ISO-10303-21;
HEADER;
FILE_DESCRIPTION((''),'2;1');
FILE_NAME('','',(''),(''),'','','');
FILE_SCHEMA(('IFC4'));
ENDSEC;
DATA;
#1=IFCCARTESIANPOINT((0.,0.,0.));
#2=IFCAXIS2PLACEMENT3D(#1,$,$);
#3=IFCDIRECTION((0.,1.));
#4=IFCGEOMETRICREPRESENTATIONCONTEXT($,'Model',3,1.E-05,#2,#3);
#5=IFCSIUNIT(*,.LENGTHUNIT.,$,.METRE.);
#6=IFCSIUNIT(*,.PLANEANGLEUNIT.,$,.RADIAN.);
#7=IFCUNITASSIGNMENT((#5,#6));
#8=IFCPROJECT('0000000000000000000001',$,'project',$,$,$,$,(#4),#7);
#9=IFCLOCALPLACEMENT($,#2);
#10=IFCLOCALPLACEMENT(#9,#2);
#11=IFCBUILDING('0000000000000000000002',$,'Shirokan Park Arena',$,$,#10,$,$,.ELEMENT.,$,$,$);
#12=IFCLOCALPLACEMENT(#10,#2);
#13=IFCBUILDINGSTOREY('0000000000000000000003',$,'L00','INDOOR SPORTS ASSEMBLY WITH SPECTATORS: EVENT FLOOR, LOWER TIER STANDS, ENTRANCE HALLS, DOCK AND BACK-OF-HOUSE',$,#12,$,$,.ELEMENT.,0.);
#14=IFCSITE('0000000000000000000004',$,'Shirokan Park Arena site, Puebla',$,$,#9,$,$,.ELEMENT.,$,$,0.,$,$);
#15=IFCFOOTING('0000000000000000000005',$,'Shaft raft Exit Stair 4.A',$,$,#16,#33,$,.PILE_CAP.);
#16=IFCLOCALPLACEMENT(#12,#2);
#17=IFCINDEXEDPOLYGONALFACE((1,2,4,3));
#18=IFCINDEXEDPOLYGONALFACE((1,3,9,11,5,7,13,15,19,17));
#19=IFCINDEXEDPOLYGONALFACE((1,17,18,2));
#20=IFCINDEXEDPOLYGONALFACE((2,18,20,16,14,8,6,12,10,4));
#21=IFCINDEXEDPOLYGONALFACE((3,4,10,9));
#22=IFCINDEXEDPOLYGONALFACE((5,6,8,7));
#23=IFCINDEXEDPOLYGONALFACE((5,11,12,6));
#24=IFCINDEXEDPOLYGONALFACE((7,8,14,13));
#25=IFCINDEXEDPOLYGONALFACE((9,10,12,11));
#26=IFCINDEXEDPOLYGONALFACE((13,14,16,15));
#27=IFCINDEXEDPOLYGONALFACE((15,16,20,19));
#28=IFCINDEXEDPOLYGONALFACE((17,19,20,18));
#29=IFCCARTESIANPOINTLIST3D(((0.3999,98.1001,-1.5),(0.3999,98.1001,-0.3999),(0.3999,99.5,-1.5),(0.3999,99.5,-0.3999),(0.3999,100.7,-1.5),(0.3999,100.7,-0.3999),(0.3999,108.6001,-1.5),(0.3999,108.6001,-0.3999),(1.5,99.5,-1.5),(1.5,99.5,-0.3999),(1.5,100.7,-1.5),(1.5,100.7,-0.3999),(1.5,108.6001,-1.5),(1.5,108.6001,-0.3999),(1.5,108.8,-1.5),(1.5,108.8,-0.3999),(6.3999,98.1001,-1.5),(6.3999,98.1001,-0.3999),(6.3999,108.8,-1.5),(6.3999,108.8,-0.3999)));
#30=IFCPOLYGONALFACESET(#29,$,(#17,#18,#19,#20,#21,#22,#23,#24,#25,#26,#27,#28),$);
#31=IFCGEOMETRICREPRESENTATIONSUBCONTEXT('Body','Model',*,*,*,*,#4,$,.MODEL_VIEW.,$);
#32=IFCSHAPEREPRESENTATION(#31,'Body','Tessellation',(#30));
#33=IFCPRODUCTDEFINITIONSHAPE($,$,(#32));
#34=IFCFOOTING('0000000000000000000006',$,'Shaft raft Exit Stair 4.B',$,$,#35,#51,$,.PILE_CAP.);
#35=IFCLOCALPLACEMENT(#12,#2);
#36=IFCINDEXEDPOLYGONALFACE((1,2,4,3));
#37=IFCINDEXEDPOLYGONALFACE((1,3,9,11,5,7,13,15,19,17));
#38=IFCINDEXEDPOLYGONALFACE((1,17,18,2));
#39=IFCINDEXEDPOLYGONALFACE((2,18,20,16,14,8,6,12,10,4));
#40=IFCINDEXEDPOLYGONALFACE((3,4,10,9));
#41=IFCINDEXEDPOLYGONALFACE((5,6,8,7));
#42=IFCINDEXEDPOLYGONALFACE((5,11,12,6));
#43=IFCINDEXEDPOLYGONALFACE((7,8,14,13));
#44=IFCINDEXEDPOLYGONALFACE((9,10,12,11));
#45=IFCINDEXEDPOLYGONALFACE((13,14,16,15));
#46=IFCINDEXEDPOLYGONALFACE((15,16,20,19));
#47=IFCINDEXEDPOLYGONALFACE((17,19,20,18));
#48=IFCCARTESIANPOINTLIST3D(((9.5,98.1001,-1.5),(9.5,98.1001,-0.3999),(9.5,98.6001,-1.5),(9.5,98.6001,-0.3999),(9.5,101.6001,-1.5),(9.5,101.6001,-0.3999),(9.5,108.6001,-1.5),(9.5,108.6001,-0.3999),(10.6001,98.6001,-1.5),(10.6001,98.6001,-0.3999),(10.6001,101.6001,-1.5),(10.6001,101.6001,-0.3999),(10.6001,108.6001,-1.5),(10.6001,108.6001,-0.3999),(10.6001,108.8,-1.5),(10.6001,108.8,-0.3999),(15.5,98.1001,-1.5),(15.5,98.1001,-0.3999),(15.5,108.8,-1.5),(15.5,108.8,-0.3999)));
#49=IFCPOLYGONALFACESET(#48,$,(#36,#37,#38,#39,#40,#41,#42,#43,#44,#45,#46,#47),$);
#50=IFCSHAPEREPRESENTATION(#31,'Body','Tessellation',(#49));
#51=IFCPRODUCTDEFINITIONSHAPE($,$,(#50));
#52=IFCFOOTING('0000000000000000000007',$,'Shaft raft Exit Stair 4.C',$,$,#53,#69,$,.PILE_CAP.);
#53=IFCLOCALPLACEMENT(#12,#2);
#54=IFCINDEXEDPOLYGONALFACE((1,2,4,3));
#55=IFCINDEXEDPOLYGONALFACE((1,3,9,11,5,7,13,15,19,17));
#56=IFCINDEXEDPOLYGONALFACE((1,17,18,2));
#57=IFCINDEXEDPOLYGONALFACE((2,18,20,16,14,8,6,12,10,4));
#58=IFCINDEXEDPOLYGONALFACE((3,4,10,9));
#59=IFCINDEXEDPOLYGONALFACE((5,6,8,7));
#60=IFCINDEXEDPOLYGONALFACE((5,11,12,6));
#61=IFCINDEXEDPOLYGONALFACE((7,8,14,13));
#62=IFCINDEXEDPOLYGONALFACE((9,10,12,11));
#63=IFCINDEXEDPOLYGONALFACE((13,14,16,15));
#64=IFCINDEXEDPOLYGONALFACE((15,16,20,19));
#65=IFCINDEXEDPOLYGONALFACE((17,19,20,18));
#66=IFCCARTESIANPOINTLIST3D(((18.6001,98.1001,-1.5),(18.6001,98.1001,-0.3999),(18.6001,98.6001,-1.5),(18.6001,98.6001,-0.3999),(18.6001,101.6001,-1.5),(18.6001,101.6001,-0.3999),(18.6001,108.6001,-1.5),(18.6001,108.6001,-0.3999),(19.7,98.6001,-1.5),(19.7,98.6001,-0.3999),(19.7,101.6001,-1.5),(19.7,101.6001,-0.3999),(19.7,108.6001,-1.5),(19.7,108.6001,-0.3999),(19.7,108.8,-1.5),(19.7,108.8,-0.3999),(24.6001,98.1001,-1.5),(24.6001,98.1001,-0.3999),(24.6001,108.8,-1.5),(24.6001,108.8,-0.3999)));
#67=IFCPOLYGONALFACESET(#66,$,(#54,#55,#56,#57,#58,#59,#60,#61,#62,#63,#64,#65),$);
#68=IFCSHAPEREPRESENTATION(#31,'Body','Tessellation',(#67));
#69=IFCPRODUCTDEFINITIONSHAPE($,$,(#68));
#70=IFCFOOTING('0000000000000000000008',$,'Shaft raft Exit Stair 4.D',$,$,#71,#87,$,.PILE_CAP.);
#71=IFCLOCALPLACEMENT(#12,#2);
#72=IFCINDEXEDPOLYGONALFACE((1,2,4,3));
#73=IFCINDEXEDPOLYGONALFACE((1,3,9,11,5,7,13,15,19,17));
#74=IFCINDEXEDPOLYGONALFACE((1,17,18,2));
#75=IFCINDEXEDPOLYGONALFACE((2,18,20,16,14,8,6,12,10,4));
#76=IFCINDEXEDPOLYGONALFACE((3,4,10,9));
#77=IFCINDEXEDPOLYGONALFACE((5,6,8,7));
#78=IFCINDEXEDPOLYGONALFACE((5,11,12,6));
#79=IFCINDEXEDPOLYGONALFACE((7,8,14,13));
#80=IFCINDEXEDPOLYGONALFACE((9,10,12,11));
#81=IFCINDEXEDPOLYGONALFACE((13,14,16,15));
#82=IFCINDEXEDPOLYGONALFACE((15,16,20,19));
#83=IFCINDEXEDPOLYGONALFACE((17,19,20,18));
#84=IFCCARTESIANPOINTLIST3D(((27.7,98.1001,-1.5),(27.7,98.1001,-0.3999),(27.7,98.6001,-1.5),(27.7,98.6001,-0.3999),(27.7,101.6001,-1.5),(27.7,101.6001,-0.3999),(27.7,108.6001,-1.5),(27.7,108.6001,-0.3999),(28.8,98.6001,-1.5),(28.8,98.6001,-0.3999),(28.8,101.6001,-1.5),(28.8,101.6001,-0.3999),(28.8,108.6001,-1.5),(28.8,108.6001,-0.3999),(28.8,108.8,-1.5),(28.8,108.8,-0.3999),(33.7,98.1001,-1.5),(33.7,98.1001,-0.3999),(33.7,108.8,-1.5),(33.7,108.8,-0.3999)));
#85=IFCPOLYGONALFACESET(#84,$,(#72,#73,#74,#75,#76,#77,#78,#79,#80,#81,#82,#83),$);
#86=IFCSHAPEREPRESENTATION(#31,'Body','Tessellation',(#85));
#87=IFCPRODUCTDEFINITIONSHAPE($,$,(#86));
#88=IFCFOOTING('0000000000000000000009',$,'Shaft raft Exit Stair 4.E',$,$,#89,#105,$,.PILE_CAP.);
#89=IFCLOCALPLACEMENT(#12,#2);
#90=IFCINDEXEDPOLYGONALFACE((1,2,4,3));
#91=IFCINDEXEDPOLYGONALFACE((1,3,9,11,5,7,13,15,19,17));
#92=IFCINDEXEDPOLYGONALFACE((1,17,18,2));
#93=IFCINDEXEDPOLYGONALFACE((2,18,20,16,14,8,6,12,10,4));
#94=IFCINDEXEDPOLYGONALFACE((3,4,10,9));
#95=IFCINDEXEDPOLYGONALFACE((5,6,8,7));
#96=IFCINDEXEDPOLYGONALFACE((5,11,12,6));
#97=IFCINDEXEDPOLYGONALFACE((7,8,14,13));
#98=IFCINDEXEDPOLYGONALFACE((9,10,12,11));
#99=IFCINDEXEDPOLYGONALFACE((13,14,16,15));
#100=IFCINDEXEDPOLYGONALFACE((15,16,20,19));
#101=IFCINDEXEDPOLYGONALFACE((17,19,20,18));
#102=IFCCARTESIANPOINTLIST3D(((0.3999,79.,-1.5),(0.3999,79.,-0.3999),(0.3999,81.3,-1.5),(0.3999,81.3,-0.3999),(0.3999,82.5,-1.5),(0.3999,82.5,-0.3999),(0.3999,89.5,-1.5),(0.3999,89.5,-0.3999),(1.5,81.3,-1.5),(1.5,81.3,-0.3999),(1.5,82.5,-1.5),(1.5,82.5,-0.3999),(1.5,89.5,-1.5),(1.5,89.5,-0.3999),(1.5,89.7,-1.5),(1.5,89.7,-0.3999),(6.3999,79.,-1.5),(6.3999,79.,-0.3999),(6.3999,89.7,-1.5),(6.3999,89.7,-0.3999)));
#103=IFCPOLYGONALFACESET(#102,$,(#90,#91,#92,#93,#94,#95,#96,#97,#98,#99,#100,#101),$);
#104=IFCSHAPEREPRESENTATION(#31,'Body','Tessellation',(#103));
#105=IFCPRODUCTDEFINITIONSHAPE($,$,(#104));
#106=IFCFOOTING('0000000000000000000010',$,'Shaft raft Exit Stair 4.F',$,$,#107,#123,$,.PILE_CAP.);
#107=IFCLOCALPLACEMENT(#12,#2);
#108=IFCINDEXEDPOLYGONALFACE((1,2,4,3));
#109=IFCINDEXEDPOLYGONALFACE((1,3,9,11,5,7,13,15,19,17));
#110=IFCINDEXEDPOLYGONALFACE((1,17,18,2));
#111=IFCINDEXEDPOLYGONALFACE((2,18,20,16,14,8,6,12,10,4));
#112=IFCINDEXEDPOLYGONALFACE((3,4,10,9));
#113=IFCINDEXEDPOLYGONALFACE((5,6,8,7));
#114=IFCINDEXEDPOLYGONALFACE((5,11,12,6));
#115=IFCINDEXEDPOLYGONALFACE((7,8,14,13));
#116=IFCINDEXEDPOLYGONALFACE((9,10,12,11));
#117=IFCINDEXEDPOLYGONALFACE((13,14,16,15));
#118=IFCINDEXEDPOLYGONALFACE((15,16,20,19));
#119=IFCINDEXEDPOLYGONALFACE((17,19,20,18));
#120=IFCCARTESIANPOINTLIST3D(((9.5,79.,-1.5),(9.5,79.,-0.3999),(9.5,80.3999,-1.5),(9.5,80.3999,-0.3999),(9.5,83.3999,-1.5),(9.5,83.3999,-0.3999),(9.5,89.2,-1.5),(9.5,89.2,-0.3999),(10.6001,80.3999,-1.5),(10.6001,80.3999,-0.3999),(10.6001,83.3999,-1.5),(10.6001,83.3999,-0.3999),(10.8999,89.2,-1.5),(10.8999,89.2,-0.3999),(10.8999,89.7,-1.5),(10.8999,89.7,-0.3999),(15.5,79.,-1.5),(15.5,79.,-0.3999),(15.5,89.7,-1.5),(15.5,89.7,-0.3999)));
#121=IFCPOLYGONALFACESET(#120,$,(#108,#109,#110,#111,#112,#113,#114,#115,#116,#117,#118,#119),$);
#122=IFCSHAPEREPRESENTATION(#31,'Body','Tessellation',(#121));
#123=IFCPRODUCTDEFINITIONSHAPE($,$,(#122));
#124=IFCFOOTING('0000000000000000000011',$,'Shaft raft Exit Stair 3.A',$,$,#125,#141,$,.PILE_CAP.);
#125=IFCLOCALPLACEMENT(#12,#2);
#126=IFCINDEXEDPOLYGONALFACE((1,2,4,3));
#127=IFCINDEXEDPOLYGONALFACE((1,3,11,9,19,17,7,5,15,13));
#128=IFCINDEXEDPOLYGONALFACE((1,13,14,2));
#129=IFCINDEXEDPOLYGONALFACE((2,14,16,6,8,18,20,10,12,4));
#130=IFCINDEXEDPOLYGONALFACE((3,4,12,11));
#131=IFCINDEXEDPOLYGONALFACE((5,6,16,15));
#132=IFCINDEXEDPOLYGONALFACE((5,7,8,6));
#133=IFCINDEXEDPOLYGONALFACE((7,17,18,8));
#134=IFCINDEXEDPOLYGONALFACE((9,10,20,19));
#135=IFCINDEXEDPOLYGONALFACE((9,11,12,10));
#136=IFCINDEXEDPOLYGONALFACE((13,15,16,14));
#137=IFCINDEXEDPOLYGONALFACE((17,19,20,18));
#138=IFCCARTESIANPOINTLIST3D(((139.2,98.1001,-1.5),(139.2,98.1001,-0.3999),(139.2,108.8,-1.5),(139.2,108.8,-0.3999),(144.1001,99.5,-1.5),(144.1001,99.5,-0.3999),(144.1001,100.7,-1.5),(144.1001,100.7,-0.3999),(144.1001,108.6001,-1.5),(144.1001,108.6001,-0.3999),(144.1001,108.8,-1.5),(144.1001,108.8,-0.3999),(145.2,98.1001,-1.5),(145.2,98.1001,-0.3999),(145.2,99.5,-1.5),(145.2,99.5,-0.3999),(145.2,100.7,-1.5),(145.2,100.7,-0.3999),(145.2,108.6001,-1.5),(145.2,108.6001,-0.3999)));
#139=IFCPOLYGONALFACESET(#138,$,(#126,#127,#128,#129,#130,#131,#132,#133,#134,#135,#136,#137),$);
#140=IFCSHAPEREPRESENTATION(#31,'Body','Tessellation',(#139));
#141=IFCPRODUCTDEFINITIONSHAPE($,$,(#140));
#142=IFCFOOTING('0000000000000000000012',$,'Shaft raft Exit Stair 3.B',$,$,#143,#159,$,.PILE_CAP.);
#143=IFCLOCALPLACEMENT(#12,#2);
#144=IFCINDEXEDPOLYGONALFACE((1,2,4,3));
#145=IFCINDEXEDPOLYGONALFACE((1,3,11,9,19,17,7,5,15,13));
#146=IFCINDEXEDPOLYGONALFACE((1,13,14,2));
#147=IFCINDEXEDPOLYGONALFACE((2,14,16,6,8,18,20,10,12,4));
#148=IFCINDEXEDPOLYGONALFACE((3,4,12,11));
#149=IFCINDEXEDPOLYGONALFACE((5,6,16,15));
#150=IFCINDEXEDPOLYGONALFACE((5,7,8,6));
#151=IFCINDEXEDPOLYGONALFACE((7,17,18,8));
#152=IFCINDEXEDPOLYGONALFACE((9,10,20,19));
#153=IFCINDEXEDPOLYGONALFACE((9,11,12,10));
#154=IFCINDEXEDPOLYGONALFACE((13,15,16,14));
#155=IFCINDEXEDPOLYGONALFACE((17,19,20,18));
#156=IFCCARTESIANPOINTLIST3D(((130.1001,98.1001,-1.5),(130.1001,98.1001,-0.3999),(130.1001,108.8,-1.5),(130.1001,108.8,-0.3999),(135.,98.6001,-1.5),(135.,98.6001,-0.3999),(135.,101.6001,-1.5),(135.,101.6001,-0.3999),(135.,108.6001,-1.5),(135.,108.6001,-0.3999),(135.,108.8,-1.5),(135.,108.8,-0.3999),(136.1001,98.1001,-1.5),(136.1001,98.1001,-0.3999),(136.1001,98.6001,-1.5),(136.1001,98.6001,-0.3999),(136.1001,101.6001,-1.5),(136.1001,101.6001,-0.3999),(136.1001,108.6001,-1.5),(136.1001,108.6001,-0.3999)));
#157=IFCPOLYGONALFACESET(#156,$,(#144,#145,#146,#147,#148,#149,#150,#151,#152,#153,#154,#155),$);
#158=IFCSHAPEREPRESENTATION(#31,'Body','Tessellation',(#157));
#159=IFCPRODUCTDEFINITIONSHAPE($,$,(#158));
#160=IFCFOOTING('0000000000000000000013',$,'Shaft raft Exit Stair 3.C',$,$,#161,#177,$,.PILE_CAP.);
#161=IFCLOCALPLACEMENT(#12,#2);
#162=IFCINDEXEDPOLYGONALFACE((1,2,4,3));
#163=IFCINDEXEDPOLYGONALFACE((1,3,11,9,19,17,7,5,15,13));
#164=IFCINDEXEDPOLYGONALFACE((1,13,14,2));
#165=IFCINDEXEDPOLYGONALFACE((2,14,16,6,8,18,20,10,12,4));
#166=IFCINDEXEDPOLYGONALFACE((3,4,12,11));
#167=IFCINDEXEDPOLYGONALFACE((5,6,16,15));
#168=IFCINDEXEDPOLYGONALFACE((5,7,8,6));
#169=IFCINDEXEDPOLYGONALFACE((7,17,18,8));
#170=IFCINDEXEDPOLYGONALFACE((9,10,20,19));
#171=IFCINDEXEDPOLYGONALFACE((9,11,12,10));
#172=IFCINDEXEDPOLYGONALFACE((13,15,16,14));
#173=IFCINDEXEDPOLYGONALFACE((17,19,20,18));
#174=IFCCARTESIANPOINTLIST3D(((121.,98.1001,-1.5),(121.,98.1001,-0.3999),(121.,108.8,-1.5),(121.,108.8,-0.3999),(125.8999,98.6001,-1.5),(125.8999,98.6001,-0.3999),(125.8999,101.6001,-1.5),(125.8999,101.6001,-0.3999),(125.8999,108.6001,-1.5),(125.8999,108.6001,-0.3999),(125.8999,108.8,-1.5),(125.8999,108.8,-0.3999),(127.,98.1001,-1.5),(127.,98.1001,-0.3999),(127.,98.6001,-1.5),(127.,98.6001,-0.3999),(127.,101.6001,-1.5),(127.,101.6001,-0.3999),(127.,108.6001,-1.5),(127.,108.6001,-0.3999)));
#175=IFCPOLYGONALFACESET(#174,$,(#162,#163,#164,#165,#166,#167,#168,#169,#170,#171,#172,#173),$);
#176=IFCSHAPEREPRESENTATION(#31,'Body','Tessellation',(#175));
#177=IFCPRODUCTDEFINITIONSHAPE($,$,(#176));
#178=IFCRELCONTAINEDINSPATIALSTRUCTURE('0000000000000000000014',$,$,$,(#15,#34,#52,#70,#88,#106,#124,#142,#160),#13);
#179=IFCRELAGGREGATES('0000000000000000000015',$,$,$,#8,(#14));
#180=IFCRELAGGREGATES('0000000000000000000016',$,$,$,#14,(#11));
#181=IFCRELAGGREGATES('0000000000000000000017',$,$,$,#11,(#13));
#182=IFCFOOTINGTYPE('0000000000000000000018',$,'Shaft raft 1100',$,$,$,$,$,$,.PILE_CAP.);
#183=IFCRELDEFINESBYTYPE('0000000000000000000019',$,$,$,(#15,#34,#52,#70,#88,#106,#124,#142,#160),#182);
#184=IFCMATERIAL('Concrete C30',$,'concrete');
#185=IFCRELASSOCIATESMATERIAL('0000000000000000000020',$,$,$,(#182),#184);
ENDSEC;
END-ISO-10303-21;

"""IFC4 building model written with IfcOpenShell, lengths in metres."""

from ifc_helpers import new_model, si_unit, direction, frame, origin, place, context, subcontext, project, spatial, polyline, outline, extrude, material, type_object, element, save


model = new_model("IFC4")

# Units and contexts
model_context = context("Model", 3, precision=1e-05, world=origin(), true_north=direction((0.0, 1.0)))
body_context = subcontext(model_context, "Body", "Model", "MODEL_VIEW")
ifc_project = project(units=[si_unit("LENGTHUNIT", "METRE"), si_unit("PLANEANGLEUNIT", "RADIAN")], contexts=[model_context])

# Site, building, storey
site_placement = place(None, origin())
site = spatial("IfcSite", under=ifc_project, at=site_placement, Name="Shirokan Park Arena site, Puebla", CompositionType="ELEMENT", RefElevation=0.0)
building_placement = place(site_placement, origin())
building = spatial("IfcBuilding", under=site, at=building_placement, Name="Shirokan Park Arena", CompositionType="ELEMENT")
storey_placement = place(building_placement, origin())
storey = spatial("IfcBuildingStorey", under=building, at=storey_placement, Name="L00", Description="INDOOR SPORTS ASSEMBLY WITH SPECTATORS: EVENT FLOOR, LOWER TIER STANDS, ENTRANCE HALLS, DOCK AND BACK-OF-HOUSE", CompositionType="ELEMENT", Elevation=0.0)

# Footings
ifc_material = material(Name="Concrete C30", Category="concrete")
footing_type_1 = type_object("IfcFootingType", Name="Shaft raft 1100", PredefinedType="PILE_CAP", material=ifc_material)
footing_1_placement = place(storey_placement, frame((0.0, 0.0, -1.5)))
element("IfcFooting", 1, at=footing_1_placement, inside=storey, type_object=footing_type_1, Name="Shaft raft Exit Stair 4.A", PredefinedType="PILE_CAP", context=body_context, shape_type="SweptSolid", body=[
    extrude(outline(polyline([(0.3999, 108.6001), (1.5, 108.6001), (1.5, 108.8), (6.3999, 108.8), (6.3999, 98.1001), (0.3999, 98.1001), (0.3999, 99.5), (1.5, 99.5), (1.5, 100.7), (0.3999, 100.7), (0.3999, 108.6001)])), origin(), (0.0, 0.0, 1.0), 1.1001),
])
footing_2_placement = place(storey_placement, frame((0.0, 0.0, -1.5)))
element("IfcFooting", 2, at=footing_2_placement, inside=storey, type_object=footing_type_1, Name="Shaft raft Exit Stair 4.B", PredefinedType="PILE_CAP", context=body_context, shape_type="SweptSolid", body=[
    extrude(outline(polyline([(9.5, 101.6001), (9.5, 108.6001), (10.6001, 108.6001), (10.6001, 108.8), (15.5, 108.8), (15.5, 98.1001), (9.5, 98.1001), (9.5, 98.6001), (10.6001, 98.6001), (10.6001, 101.6001), (9.5, 101.6001)])), origin(), (0.0, 0.0, 1.0), 1.1001),
])
footing_3_placement = place(storey_placement, frame((0.0, 0.0, -1.5)))
element("IfcFooting", 3, at=footing_3_placement, inside=storey, type_object=footing_type_1, Name="Shaft raft Exit Stair 4.C", PredefinedType="PILE_CAP", context=body_context, shape_type="SweptSolid", body=[
    extrude(outline(polyline([(19.7, 101.6001), (18.6001, 101.6001), (18.6001, 108.6001), (19.7, 108.6001), (19.7, 108.8), (24.6001, 108.8), (24.6001, 98.1001), (18.6001, 98.1001), (18.6001, 98.6001), (19.7, 98.6001), (19.7, 101.6001)])), origin(), (0.0, 0.0, 1.0), 1.1001),
])
footing_4_placement = place(storey_placement, frame((0.0, 0.0, -1.5)))
element("IfcFooting", 4, at=footing_4_placement, inside=storey, type_object=footing_type_1, Name="Shaft raft Exit Stair 4.D", PredefinedType="PILE_CAP", context=body_context, shape_type="SweptSolid", body=[
    extrude(outline(polyline([(33.7, 108.8), (33.7, 98.1001), (27.7, 98.1001), (27.7, 98.6001), (28.8, 98.6001), (28.8, 101.6001), (27.7, 101.6001), (27.7, 108.6001), (28.8, 108.6001), (28.8, 108.8), (33.7, 108.8)])), origin(), (0.0, 0.0, 1.0), 1.1001),
])
footing_5_placement = place(storey_placement, frame((0.0, 0.0, -1.5)))
element("IfcFooting", 5, at=footing_5_placement, inside=storey, type_object=footing_type_1, Name="Shaft raft Exit Stair 4.E", PredefinedType="PILE_CAP", context=body_context, shape_type="SweptSolid", body=[
    extrude(outline(polyline([(1.5, 82.5), (0.3999, 82.5), (0.3999, 89.5), (1.5, 89.5), (1.5, 89.7), (6.3999, 89.7), (6.3999, 79.0), (0.3999, 79.0), (0.3999, 81.3), (1.5, 81.3), (1.5, 82.5)])), origin(), (0.0, 0.0, 1.0), 1.1001),
])
footing_6_placement = place(storey_placement, frame((0.0, 0.0, -1.5)))
element("IfcFooting", 6, at=footing_6_placement, inside=storey, type_object=footing_type_1, Name="Shaft raft Exit Stair 4.F", PredefinedType="PILE_CAP", context=body_context, shape_type="SweptSolid", body=[
    extrude(outline(polyline([(15.5, 89.7), (15.5, 79.0), (9.5, 79.0), (9.5, 80.3999), (10.6001, 80.3999), (10.6001, 83.3999), (9.5, 83.3999), (9.5, 89.2), (10.8999, 89.2), (10.8999, 89.7), (15.5, 89.7)])), origin(), (0.0, 0.0, 1.0), 1.1001),
])
footing_7_placement = place(storey_placement, frame((0.0, 0.0, -1.5)))
element("IfcFooting", 7, at=footing_7_placement, inside=storey, type_object=footing_type_1, Name="Shaft raft Exit Stair 3.A", PredefinedType="PILE_CAP", context=body_context, shape_type="SweptSolid", body=[
    extrude(outline(polyline([(145.2, 98.1001), (139.2, 98.1001), (139.2, 108.8), (144.1001, 108.8), (144.1001, 108.6001), (145.2, 108.6001), (145.2, 100.7), (144.1001, 100.7), (144.1001, 99.5), (145.2, 99.5), (145.2, 98.1001)])), origin(), (0.0, 0.0, 1.0), 1.1001),
])
footing_8_placement = place(storey_placement, frame((0.0, 0.0, -1.5)))
element("IfcFooting", 8, at=footing_8_placement, inside=storey, type_object=footing_type_1, Name="Shaft raft Exit Stair 3.B", PredefinedType="PILE_CAP", context=body_context, shape_type="SweptSolid", body=[
    extrude(outline(polyline([(130.1001, 98.1001), (130.1001, 108.8), (135.0, 108.8), (135.0, 108.6001), (136.1001, 108.6001), (136.1001, 101.6001), (135.0, 101.6001), (135.0, 98.6001), (136.1001, 98.6001), (136.1001, 98.1001), (130.1001, 98.1001)])), origin(), (0.0, 0.0, 1.0), 1.1001),
])
footing_9_placement = place(storey_placement, frame((0.0, 0.0, -1.5)))
element("IfcFooting", 9, at=footing_9_placement, inside=storey, type_object=footing_type_1, Name="Shaft raft Exit Stair 3.C", PredefinedType="PILE_CAP", context=body_context, shape_type="SweptSolid", body=[
    extrude(outline(polyline([(125.8999, 108.6001), (127.0, 108.6001), (127.0, 101.6001), (125.8999, 101.6001), (125.8999, 98.6001), (127.0, 98.6001), (127.0, 98.1001), (121.0, 98.1001), (121.0, 108.8), (125.8999, 108.8), (125.8999, 108.6001)])), origin(), (0.0, 0.0, 1.0), 1.1001),
])

save(model, "model.ifc")
